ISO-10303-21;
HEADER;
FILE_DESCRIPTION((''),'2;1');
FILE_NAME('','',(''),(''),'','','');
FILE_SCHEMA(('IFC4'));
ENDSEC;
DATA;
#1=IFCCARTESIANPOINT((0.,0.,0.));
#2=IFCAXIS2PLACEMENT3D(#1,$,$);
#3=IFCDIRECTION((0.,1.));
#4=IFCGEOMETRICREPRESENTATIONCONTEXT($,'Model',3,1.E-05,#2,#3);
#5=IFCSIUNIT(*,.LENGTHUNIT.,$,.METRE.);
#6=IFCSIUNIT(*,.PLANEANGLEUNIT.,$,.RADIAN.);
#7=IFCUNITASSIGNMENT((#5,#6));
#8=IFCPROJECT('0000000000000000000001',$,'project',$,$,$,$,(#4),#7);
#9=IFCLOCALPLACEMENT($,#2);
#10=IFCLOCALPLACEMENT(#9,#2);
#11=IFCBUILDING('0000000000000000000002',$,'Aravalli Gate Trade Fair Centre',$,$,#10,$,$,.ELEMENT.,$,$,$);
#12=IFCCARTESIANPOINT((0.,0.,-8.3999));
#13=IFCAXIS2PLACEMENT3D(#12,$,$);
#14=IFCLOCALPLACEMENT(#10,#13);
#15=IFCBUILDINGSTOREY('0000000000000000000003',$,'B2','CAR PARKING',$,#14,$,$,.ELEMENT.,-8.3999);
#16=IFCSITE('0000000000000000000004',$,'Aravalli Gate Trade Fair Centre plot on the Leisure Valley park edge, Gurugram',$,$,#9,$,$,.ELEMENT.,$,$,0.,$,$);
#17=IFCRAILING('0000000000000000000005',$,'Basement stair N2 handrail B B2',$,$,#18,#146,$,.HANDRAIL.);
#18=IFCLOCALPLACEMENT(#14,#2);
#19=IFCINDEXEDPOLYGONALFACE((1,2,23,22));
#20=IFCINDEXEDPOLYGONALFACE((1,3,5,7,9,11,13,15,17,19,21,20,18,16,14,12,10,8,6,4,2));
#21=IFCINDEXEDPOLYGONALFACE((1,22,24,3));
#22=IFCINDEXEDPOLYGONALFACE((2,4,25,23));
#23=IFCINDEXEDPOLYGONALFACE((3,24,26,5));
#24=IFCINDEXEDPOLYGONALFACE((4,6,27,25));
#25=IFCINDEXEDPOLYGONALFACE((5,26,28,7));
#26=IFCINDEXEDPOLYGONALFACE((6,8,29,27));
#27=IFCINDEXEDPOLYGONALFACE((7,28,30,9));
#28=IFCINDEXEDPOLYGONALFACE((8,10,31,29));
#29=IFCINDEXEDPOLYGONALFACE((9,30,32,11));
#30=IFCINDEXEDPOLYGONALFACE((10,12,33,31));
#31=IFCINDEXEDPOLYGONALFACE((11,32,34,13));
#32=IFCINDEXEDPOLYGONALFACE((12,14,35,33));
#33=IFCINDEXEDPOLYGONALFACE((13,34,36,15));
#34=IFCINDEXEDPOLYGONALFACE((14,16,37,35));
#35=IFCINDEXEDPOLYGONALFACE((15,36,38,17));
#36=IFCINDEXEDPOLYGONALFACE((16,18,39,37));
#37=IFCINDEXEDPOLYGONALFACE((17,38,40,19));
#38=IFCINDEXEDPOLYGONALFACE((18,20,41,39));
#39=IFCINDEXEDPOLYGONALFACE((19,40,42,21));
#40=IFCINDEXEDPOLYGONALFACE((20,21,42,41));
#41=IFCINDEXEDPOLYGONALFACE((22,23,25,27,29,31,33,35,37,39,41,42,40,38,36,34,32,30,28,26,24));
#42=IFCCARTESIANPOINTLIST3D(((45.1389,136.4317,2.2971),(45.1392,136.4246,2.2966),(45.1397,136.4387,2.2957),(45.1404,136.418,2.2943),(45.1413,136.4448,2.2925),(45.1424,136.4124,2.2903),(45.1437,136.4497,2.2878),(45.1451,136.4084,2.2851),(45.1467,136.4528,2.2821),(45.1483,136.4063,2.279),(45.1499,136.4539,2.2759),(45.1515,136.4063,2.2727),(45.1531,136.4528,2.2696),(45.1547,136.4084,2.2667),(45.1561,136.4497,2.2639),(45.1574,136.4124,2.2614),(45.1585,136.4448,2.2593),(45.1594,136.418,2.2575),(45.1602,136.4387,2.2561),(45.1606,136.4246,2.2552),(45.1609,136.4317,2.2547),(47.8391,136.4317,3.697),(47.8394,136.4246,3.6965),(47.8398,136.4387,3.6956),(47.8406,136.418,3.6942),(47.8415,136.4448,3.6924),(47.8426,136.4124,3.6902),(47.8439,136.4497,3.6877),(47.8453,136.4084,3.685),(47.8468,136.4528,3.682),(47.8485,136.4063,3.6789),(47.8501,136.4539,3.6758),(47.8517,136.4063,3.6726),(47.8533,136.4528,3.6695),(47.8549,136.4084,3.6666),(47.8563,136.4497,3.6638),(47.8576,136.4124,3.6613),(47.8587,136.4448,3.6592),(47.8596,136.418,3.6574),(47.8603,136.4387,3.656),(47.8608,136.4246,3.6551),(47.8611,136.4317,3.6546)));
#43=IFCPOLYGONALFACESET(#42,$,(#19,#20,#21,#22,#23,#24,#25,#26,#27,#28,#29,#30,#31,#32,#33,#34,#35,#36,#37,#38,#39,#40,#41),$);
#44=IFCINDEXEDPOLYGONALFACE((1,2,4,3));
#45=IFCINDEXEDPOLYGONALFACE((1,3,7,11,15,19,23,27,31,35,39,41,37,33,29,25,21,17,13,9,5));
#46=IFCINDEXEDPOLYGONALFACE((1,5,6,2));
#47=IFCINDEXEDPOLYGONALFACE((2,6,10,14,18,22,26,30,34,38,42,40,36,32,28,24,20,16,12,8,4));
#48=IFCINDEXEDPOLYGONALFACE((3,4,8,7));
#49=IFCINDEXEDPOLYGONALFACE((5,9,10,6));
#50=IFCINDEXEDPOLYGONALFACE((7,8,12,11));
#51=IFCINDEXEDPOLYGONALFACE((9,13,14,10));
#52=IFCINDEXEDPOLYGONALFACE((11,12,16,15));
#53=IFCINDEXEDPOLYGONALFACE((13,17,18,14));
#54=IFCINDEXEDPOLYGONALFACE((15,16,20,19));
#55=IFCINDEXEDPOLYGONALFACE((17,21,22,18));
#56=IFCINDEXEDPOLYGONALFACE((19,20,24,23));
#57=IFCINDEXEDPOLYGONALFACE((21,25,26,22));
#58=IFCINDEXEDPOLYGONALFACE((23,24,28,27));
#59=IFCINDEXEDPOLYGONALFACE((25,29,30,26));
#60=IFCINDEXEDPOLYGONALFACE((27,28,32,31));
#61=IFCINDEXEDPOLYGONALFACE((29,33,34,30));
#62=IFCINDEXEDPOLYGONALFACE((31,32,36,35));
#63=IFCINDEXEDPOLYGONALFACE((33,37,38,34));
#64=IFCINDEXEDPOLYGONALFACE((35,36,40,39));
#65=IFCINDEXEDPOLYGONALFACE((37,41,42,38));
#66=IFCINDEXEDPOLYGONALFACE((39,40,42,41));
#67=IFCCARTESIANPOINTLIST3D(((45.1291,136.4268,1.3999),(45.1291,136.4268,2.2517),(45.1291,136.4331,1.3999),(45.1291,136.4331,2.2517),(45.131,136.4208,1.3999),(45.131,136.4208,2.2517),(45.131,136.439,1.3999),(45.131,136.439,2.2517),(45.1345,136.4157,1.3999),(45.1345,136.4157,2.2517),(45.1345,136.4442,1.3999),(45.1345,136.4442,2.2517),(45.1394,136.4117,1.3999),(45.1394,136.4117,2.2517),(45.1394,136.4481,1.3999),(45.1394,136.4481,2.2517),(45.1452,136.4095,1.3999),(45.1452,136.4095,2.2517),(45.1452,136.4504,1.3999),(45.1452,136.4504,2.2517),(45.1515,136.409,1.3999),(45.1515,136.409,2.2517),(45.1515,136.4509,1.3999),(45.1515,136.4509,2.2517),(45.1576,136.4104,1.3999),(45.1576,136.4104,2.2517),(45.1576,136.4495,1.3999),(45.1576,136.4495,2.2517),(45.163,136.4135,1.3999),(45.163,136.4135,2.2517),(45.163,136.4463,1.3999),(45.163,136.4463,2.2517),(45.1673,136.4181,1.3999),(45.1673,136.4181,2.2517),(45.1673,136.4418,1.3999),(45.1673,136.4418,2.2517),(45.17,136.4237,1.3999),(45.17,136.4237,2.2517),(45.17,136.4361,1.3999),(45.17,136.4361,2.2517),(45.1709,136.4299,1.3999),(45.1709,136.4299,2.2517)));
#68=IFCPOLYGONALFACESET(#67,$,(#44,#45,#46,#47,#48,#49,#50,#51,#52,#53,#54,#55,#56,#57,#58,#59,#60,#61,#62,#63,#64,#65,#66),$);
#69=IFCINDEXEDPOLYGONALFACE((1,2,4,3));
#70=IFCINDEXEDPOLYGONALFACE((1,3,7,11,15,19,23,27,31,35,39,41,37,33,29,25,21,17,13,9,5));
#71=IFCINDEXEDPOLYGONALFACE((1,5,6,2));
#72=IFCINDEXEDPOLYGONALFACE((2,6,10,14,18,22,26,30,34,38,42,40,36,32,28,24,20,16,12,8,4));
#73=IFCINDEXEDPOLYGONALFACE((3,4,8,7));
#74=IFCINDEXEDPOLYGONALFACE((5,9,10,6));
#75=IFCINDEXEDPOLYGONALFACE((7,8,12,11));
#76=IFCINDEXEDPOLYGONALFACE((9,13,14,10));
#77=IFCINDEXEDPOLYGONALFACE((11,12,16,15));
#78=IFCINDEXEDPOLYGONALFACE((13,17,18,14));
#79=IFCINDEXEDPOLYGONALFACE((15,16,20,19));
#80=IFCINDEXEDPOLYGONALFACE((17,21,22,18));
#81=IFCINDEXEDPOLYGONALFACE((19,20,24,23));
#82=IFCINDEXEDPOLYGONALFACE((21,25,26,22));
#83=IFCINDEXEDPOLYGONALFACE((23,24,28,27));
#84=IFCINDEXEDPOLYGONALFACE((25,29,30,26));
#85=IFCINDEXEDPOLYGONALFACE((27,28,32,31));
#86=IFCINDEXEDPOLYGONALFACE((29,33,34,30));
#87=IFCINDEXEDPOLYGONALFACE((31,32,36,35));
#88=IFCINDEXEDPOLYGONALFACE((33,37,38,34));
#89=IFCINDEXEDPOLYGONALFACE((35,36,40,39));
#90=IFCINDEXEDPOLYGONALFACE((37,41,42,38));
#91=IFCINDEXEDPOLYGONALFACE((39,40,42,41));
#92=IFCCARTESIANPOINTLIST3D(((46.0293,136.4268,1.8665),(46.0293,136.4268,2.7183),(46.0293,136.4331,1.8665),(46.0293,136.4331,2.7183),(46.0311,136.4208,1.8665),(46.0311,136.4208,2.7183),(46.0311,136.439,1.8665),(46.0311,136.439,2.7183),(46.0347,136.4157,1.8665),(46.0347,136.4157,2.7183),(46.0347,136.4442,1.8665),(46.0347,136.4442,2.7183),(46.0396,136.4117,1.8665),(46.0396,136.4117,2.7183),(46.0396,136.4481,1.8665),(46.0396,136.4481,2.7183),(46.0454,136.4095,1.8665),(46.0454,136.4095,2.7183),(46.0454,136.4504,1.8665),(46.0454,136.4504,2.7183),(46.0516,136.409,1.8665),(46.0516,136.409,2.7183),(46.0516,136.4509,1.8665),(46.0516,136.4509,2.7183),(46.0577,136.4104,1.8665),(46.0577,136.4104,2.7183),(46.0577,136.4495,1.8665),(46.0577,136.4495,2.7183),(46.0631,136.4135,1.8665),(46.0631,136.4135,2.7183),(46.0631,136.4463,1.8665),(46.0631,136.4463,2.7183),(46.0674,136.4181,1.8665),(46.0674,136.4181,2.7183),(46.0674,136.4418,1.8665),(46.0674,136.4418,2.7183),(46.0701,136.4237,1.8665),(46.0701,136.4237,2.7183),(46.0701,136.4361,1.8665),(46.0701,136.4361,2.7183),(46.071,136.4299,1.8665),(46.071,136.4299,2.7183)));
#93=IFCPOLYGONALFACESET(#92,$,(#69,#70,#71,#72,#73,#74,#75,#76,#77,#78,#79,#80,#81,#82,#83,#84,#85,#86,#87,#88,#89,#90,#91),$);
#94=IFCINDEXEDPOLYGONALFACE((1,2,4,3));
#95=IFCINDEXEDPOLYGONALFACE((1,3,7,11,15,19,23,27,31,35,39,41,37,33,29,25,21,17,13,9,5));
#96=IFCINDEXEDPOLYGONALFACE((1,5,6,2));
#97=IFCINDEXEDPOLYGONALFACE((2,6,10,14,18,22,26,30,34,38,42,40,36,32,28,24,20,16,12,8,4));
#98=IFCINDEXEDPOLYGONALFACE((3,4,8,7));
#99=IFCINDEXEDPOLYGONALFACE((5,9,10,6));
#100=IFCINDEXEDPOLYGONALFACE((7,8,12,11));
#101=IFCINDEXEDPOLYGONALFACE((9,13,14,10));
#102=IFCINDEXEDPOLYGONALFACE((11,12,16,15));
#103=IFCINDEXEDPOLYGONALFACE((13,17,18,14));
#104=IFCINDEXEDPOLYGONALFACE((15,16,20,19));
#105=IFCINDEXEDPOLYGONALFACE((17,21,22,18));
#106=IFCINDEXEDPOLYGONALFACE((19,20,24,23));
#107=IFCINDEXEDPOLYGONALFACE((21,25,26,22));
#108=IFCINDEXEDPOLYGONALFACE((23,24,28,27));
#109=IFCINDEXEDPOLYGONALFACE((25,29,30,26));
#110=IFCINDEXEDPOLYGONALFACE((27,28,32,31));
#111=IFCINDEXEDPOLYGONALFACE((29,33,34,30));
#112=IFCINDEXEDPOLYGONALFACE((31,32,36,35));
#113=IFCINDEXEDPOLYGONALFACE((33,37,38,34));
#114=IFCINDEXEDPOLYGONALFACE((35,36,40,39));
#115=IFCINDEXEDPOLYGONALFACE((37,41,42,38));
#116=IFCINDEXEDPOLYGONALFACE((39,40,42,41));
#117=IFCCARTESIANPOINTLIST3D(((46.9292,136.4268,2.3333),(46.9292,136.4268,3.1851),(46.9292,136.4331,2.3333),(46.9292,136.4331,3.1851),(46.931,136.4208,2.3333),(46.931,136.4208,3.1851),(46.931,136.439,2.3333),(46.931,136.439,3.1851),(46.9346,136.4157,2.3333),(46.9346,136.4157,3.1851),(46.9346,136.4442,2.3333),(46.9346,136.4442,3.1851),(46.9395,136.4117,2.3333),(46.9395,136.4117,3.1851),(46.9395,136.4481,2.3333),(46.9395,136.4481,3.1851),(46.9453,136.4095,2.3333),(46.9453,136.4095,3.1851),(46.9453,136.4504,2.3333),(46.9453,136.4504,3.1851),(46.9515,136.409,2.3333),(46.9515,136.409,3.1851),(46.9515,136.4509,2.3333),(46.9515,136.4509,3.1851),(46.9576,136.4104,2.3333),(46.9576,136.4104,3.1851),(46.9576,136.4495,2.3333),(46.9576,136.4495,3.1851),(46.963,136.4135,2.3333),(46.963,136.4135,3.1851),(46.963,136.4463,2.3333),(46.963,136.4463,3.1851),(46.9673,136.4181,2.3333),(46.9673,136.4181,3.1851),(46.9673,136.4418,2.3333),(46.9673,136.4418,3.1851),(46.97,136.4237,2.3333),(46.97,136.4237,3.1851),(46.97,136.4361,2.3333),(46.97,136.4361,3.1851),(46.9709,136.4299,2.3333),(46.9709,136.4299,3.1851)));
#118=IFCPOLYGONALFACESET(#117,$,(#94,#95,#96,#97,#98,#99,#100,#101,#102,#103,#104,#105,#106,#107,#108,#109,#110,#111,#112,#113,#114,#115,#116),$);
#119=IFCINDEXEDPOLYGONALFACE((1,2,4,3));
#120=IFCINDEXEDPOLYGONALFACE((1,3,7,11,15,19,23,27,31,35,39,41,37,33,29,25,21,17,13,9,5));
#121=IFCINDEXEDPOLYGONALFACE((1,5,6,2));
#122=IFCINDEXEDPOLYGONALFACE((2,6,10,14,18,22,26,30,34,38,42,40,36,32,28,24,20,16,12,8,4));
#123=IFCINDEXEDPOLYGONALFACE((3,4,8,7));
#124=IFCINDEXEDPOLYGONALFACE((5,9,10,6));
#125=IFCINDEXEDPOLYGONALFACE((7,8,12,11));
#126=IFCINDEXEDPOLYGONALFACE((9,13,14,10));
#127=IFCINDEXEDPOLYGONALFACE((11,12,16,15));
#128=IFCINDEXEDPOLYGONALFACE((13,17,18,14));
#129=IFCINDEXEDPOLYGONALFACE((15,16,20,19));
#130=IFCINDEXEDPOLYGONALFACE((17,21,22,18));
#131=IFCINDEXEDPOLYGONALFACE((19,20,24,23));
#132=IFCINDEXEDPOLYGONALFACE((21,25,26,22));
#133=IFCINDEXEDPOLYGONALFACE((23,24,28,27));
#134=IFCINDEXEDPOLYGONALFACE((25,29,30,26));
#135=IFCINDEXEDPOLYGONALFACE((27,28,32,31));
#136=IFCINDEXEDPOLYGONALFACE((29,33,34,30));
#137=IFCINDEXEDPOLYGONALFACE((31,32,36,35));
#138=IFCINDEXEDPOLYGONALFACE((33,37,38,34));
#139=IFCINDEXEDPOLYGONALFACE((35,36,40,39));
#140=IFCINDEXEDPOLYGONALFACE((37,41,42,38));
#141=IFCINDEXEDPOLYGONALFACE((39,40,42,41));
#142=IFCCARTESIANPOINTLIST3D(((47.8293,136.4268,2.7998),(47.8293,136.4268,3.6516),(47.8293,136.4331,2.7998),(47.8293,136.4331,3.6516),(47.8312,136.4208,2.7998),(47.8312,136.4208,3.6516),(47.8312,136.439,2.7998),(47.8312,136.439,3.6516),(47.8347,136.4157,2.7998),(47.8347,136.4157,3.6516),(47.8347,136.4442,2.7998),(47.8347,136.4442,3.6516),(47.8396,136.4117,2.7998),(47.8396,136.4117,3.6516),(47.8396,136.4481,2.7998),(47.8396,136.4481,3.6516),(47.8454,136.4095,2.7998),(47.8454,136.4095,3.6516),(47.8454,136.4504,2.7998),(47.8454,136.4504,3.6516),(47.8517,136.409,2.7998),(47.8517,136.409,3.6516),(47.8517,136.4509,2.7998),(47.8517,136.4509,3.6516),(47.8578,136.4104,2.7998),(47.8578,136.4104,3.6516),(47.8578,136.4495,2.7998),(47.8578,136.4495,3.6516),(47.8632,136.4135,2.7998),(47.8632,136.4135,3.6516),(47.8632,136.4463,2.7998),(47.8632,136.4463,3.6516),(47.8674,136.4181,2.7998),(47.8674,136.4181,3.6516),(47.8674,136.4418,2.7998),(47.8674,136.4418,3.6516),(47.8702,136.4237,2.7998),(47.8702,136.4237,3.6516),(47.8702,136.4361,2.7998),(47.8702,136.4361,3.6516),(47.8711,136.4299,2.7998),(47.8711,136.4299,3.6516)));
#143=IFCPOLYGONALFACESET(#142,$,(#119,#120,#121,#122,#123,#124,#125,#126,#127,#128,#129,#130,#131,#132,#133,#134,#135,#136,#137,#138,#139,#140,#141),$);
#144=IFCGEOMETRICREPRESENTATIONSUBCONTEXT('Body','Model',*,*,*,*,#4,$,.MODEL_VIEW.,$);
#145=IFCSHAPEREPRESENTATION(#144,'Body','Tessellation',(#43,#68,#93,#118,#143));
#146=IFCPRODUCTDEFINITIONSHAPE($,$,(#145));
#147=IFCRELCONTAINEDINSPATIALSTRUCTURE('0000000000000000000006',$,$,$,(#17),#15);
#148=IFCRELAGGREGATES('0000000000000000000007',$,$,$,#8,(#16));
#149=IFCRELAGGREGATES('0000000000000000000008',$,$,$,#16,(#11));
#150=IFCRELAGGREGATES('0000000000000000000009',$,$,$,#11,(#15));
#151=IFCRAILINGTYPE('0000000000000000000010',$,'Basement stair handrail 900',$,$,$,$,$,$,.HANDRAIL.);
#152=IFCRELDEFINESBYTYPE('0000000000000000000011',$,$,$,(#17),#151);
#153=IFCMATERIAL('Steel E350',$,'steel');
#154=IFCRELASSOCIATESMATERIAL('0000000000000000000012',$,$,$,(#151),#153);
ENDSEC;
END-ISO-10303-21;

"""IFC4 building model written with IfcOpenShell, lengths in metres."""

from ifc_helpers import new_model, si_unit, direction, frame, origin, origin_2d, place, context, subcontext, project, spatial, circle, extrude, material, type_object, element, save


model = new_model("IFC4")

# Units and contexts
model_context = context("Model", 3, precision=1e-05, world=origin(), true_north=direction((0.0, 1.0)))
body_context = subcontext(model_context, "Body", "Model", "MODEL_VIEW")
ifc_project = project(units=[si_unit("LENGTHUNIT", "METRE"), si_unit("PLANEANGLEUNIT", "RADIAN")], contexts=[model_context])

# Site, building, storey
site_placement = place(None, origin())
site = spatial("IfcSite", under=ifc_project, at=site_placement, Name="Aravalli Gate Trade Fair Centre plot on the Leisure Valley park edge, Gurugram", CompositionType="ELEMENT", RefElevation=0.0)
building_placement = place(site_placement, origin())
building = spatial("IfcBuilding", under=site, at=building_placement, Name="Aravalli Gate Trade Fair Centre", CompositionType="ELEMENT")
storey_placement = place(building_placement, frame((0.0, 0.0, -8.3999)))
storey = spatial("IfcBuildingStorey", under=building, at=storey_placement, Name="B2", Description="CAR PARKING", CompositionType="ELEMENT", Elevation=-8.3999)

# Railing
ifc_material_1 = material(Name="Steel E350", Category="steel")
railing_type_1 = type_object("IfcRailingType", Name="Basement stair handrail 900", PredefinedType="HANDRAIL", material=ifc_material_1)
railing_1_placement = place(storey_placement, frame((45.1499, 136.4299, 1.3999)))
element("IfcRailing", 1, at=railing_1_placement, inside=storey, type_object=railing_type_1, Name="Basement stair N2 handrail B B2", PredefinedType="HANDRAIL", context=body_context, shape_type="SweptSolid", body=[
    extrude(circle(Radius=0.0239, at=origin_2d()), frame((0.0, 0.0, 0.876), z_axis=(0.887781, 0.0, 0.460266), x_axis=(0.0, 1.0, 0.0)), (0.0, 0.0, 1.0), 3.0415),
    extrude(circle(Radius=0.021, at=origin_2d()), origin(), (0.0, 0.0, 1.0), 0.8518),
    extrude(circle(Radius=0.021, at=origin_2d()), frame((0.9001, 0.0, 0.4666)), (0.0, 0.0, 1.0), 0.8518),
    extrude(circle(Radius=0.021, at=origin_2d()), frame((1.8, 0.0, 0.9333)), (0.0, 0.0, 1.0), 0.8518),
    extrude(circle(Radius=0.021, at=origin_2d()), frame((2.7002, 0.0, 1.3999)), (0.0, 0.0, 1.0), 0.8518),
])

save(model, "model.ifc")
